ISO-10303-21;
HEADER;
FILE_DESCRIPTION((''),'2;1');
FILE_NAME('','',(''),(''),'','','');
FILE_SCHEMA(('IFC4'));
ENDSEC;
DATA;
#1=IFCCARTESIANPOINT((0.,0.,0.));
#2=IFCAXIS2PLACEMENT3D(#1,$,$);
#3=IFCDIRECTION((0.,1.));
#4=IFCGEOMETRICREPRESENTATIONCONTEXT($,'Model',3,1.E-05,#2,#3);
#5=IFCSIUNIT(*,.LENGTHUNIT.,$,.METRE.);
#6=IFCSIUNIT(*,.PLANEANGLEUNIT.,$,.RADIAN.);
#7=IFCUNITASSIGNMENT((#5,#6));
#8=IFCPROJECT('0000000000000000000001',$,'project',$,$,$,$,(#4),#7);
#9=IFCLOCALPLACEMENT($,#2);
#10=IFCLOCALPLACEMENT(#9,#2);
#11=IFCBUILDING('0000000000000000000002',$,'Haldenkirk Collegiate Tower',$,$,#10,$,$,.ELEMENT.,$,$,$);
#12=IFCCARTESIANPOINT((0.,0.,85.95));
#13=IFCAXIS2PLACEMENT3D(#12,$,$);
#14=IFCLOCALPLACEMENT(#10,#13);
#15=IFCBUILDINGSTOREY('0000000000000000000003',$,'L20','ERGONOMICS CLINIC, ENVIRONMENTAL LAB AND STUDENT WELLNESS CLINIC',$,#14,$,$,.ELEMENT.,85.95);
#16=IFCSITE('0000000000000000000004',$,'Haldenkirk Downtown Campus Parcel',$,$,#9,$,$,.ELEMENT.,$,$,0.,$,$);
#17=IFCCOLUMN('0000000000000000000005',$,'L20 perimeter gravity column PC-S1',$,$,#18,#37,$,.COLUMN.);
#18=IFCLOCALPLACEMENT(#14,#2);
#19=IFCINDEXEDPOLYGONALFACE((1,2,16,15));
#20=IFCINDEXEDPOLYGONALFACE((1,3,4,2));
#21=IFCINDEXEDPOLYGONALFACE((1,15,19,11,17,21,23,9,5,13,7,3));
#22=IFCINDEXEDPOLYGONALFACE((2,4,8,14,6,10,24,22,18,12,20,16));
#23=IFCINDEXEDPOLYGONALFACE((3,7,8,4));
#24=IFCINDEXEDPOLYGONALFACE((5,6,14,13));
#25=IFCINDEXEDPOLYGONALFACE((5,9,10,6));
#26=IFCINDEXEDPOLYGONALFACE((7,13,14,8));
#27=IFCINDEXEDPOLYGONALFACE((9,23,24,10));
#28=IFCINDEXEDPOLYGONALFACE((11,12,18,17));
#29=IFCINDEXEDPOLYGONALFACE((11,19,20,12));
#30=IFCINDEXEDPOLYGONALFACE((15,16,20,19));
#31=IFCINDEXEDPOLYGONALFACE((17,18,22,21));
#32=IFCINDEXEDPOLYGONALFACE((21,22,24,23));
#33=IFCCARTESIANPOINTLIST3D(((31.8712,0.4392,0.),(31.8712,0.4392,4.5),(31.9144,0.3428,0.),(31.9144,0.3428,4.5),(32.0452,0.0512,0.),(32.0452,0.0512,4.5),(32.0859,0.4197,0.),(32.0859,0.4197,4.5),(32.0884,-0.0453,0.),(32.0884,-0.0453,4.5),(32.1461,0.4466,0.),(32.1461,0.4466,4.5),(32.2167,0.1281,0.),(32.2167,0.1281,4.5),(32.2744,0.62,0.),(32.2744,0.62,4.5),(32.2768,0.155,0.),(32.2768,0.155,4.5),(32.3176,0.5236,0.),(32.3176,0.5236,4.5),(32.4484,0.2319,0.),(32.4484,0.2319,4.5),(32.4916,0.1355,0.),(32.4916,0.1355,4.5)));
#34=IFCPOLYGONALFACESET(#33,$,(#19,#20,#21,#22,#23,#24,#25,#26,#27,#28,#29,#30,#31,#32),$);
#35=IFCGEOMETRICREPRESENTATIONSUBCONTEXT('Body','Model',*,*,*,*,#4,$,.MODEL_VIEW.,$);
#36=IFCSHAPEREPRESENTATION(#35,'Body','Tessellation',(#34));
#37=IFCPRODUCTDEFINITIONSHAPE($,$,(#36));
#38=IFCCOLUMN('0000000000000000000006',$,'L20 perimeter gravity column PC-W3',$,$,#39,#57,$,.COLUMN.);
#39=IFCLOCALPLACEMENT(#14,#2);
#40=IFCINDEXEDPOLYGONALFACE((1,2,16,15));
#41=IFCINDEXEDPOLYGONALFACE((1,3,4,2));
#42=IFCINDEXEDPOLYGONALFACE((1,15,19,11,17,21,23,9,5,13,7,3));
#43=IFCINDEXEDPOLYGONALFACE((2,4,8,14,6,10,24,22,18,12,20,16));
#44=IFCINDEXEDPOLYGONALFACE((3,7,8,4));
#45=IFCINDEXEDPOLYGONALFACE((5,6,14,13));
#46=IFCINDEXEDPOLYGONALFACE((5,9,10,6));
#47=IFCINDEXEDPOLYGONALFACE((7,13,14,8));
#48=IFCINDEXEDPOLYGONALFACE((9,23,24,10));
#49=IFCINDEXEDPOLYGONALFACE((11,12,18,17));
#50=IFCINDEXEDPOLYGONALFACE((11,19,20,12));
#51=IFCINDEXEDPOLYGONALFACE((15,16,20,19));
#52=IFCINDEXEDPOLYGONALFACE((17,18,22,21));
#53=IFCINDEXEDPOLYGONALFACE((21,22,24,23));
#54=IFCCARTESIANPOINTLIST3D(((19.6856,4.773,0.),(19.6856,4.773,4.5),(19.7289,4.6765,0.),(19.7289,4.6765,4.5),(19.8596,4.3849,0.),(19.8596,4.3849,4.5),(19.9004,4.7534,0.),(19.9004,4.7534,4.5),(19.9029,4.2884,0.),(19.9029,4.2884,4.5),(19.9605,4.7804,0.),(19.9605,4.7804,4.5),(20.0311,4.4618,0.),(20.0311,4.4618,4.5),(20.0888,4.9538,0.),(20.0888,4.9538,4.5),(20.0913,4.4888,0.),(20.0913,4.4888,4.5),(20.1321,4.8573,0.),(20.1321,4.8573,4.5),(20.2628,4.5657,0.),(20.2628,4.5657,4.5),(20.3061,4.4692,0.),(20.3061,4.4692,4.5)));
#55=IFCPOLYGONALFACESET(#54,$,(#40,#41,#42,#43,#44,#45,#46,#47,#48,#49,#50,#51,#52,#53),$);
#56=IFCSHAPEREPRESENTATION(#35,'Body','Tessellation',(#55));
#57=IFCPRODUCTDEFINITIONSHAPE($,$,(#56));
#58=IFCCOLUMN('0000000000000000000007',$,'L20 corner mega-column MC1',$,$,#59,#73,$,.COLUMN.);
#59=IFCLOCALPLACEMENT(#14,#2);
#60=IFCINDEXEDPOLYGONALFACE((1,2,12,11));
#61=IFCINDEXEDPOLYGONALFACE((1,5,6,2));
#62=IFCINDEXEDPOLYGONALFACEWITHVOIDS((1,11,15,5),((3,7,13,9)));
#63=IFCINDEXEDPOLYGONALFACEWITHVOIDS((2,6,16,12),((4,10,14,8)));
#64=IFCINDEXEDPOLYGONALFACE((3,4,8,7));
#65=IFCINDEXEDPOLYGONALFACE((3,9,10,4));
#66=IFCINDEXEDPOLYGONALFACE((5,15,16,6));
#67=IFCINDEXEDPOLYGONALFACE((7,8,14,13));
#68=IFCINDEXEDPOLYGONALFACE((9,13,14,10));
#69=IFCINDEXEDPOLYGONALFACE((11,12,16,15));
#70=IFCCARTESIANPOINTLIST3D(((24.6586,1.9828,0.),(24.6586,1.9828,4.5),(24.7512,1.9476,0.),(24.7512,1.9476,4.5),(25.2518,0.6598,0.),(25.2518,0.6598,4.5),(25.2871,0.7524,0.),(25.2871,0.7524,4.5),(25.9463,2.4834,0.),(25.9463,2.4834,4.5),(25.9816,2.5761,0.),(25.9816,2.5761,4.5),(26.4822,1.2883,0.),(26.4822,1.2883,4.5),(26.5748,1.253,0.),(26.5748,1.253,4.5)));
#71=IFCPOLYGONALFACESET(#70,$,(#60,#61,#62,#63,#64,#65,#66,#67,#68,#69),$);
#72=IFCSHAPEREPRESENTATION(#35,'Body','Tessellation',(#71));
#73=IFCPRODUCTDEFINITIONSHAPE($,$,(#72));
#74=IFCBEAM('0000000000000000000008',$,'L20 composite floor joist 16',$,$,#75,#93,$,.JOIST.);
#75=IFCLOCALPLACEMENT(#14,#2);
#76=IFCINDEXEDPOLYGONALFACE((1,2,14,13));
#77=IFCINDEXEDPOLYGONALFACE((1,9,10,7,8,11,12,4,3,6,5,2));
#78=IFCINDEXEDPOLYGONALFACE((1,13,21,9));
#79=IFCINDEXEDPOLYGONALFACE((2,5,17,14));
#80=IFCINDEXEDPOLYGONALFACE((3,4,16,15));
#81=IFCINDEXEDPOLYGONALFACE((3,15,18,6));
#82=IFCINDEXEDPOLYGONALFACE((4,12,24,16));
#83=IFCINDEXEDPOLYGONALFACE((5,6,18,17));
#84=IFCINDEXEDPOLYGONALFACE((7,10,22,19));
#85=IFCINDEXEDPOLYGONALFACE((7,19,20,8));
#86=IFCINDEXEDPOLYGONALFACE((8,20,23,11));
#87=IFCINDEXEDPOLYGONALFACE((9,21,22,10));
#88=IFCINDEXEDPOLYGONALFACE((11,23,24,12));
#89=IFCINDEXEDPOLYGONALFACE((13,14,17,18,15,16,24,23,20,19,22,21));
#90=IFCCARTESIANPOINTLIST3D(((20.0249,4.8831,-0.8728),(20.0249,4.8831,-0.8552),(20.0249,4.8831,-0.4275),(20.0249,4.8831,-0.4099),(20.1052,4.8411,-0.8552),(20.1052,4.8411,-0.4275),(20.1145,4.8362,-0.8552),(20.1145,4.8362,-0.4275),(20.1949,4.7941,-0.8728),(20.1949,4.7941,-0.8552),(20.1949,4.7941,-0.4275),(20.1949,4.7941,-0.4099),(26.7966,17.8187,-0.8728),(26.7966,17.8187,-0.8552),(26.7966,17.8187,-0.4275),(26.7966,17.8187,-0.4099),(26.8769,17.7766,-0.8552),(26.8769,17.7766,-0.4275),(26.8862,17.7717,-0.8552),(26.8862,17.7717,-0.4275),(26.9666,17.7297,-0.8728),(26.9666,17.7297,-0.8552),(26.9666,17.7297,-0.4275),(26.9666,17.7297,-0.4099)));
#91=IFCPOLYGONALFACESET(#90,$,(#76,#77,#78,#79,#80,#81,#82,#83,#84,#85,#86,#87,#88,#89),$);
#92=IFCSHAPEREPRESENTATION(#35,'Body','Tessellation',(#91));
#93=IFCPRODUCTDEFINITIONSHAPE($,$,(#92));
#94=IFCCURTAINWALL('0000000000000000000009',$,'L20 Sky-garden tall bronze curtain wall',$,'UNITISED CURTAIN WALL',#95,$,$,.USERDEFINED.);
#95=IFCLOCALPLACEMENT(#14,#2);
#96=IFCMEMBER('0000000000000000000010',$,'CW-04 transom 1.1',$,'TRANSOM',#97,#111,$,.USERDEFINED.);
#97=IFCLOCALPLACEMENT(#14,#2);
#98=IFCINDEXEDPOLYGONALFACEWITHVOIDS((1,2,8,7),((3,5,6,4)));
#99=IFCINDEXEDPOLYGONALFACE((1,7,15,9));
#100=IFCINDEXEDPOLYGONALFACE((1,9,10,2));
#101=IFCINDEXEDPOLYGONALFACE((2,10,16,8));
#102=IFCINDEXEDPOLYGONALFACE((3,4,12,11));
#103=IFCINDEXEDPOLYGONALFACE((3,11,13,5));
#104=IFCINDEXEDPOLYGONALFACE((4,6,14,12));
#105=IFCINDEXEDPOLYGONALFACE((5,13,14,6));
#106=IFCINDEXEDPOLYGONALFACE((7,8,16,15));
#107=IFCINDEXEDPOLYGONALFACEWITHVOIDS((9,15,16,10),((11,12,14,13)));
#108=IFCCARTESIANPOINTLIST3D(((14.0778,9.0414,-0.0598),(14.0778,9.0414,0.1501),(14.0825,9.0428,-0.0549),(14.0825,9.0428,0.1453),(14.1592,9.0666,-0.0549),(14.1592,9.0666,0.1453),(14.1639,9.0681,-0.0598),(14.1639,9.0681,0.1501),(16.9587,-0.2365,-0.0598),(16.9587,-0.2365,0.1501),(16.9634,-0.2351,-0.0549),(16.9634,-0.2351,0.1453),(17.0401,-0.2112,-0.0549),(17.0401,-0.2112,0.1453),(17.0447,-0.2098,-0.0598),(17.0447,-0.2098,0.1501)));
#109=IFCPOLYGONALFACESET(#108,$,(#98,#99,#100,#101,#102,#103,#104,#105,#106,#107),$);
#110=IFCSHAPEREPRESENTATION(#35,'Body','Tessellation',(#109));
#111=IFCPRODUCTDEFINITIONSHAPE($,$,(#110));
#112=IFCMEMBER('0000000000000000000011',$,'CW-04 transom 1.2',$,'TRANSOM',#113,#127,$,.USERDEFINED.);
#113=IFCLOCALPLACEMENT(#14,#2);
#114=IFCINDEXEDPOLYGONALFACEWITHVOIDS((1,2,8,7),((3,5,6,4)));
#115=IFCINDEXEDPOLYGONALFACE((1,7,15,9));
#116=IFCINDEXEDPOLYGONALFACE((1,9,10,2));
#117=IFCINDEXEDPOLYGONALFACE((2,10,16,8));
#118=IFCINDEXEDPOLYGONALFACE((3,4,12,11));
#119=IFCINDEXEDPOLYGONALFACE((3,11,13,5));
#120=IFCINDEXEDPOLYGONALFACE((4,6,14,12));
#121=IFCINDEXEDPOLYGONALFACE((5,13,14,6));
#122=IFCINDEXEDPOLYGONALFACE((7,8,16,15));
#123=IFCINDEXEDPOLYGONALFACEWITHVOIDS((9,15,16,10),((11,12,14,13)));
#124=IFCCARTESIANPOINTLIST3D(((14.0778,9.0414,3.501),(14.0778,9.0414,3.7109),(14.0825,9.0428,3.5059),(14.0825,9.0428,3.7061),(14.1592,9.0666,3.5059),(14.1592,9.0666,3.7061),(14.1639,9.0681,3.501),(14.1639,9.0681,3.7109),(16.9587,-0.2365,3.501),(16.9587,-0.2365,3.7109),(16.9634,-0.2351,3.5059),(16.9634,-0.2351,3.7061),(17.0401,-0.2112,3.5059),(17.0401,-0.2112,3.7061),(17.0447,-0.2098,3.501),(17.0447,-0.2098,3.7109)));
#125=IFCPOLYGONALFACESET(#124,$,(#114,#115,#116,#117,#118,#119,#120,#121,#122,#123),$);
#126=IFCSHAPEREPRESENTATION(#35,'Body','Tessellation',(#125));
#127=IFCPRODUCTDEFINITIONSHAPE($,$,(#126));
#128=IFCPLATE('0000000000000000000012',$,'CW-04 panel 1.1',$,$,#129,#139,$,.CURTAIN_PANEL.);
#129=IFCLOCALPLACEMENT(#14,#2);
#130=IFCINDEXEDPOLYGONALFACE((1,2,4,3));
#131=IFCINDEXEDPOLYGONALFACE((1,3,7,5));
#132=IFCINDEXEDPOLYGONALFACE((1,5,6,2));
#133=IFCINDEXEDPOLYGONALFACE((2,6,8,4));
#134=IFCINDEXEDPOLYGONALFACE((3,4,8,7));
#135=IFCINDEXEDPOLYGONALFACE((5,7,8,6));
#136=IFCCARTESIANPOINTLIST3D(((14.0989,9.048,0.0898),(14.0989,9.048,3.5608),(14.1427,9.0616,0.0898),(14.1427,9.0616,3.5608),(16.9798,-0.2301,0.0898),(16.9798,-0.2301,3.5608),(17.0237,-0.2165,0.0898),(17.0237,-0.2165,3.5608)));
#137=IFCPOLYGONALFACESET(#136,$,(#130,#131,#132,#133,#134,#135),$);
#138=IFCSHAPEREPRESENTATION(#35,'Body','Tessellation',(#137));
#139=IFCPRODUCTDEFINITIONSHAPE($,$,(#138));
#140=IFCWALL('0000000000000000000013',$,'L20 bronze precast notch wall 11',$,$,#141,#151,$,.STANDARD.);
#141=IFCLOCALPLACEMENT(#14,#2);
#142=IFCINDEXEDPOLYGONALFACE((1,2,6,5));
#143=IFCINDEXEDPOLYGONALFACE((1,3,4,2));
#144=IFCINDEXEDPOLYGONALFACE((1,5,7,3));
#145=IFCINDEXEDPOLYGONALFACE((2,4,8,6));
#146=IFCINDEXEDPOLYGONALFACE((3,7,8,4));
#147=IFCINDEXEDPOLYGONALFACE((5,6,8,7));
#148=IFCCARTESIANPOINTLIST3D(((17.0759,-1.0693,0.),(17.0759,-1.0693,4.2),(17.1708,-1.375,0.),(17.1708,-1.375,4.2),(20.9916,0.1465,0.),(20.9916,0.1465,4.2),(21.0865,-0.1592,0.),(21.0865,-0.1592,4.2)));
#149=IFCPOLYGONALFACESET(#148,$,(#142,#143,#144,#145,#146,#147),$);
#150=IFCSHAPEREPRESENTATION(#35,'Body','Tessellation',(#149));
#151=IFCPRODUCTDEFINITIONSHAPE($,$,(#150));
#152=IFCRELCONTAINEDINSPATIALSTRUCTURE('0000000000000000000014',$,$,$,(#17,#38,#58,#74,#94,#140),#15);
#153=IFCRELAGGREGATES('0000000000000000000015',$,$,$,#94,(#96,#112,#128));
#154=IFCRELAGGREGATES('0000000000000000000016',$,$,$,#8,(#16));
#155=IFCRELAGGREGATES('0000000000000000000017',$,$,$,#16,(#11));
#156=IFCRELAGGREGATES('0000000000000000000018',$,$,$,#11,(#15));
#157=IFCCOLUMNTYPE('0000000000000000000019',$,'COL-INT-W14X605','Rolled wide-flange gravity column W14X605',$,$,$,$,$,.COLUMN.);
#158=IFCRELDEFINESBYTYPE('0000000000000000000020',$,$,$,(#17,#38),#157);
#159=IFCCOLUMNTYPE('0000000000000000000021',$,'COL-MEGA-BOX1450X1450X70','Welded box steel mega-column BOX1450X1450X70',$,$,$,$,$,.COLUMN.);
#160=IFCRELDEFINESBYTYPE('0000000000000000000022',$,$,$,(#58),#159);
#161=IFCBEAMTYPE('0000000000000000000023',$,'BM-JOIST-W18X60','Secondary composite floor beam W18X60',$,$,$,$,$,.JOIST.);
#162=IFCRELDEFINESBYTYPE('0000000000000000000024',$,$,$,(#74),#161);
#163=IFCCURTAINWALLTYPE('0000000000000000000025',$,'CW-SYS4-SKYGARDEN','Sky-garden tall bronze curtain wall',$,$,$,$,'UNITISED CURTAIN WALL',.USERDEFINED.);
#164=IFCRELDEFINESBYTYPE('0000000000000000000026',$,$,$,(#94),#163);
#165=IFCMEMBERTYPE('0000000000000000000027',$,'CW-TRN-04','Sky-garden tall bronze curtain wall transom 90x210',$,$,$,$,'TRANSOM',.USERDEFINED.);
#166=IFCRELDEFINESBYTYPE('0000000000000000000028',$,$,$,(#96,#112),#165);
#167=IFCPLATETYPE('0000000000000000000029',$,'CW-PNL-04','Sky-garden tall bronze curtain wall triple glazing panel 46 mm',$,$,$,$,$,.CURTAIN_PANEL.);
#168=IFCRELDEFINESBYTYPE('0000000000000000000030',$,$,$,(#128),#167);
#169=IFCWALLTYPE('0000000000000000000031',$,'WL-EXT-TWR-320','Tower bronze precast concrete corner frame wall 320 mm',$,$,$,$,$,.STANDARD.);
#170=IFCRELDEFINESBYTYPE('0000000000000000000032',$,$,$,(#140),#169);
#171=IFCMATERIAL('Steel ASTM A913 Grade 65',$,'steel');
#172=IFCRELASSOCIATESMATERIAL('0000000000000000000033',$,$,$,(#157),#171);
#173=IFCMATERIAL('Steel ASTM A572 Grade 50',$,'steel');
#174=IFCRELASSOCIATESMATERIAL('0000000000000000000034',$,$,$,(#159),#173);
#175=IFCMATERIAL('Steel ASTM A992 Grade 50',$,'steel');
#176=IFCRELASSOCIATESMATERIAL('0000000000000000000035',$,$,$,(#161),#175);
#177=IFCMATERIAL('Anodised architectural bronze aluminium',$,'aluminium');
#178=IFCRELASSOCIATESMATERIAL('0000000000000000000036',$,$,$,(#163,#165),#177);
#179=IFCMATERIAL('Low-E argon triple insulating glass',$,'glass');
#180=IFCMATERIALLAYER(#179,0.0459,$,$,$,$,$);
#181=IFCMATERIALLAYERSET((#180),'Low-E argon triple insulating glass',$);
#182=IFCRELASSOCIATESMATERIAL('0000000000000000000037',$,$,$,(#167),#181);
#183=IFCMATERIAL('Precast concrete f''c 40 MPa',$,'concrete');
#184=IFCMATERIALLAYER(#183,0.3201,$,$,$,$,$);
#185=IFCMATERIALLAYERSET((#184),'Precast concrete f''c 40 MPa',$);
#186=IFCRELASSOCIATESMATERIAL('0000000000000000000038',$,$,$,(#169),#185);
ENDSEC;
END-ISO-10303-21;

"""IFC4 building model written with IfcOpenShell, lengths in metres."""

from ifc_helpers import new_model, si_unit, direction, frame, frame_2d, origin, origin_2d, place, context, subcontext, project, spatial, rectangle, hollow_rectangle, i_section, extrude, source, transform, mapped, material, layer, layer_set, material_profile, profile_set, type_object, element, aggregate, save


model = new_model("IFC4")

# Units and contexts
model_context = context("Model", 3, precision=1e-05, world=origin(), true_north=direction((0.0, 1.0)))
body_context = subcontext(model_context, "Body", "Model", "MODEL_VIEW")
ifc_project = project(units=[si_unit("LENGTHUNIT", "METRE"), si_unit("PLANEANGLEUNIT", "RADIAN")], contexts=[model_context])

# Site, building, storey
site_placement = place(None, origin())
site = spatial("IfcSite", under=ifc_project, at=site_placement, Name="Haldenkirk Downtown Campus Parcel", CompositionType="ELEMENT", RefElevation=0.0)
building_placement = place(site_placement, origin())
building = spatial("IfcBuilding", under=site, at=building_placement, Name="Haldenkirk Collegiate Tower", CompositionType="ELEMENT")
storey_placement = place(building_placement, frame((0.0, 0.0, 85.95)))
storey = spatial("IfcBuildingStorey", under=building, at=storey_placement, Name="L20", Description="ERGONOMICS CLINIC, ENVIRONMENTAL LAB AND STUDENT WELLNESS CLINIC", CompositionType="ELEMENT", Elevation=85.95)

# Columns
ifc_material_1 = material(Name="Steel ASTM A913 Grade 65", Category="steel")
ifc_material_profile_1 = material_profile(ifc_material_1, i_section(OverallWidth=0.4419, OverallDepth=0.531, WebThickness=0.0659, FlangeThickness=0.1057, at=origin_2d()), Name="W14X605")
ifc_profile_set_1 = profile_set([ifc_material_profile_1], Name="Steel ASTM A913 Grade 65")
column_type_1 = type_object("IfcColumnType", Name="COL-INT-W14X605", Description="Rolled wide-flange gravity column W14X605", PredefinedType="COLUMN", material=ifc_profile_set_1)
for number, where, z_axis, x_axis, name in (
    (1, (32.1814, 0.2874, 0.0), (0.0, 0.0, 1.0), (0.912477, 0.409127, 0.0), "L20 perimeter gravity column PC-S1"),
    (2, (19.9958, 4.6211, 0.0), (0.0, 0.0, 1.0), (0.912477, 0.409127, 0.0), "L20 perimeter gravity column PC-W3"),
):
    element("IfcColumn", number, at=place(storey_placement, frame(where, z_axis=z_axis, x_axis=x_axis)), inside=storey, type_object=column_type_1, Name=name, PredefinedType="COLUMN", context=body_context, shape_type="SweptSolid", body=[
        extrude(i_section(OverallWidth=0.4419, OverallDepth=0.531, WebThickness=0.0659, FlangeThickness=0.1057, at=origin_2d()), origin(), (0.0, 0.0, 1.0), 4.5),
    ])
ifc_material_2 = material(Name="Steel ASTM A572 Grade 50", Category="steel")
ifc_material_profile_2 = material_profile(ifc_material_2, hollow_rectangle(XDim=1.45, YDim=1.45, WallThickness=0.0701, at=origin_2d()), Name="BOX1450X1450X70")
ifc_profile_set_2 = profile_set([ifc_material_profile_2], Name="Steel ASTM A572 Grade 50")
column_type_2 = type_object("IfcColumnType", Name="COL-MEGA-BOX1450X1450X70", Description="Welded box steel mega-column BOX1450X1450X70", PredefinedType="COLUMN", material=ifc_profile_set_2)
column_placement = place(storey_placement, frame((25.6167, 1.6179, 0.0), z_axis=(0.0, 0.0, 1.0), x_axis=(0.912477, 0.409127, 0.0)))
element("IfcColumn", 3, at=column_placement, inside=storey, type_object=column_type_2, Name="L20 corner mega-column MC1", PredefinedType="COLUMN", context=body_context, shape_type="SweptSolid", body=[
    extrude(hollow_rectangle(XDim=1.45, YDim=1.45, WallThickness=0.0701, at=origin_2d()), origin(), (0.0, 0.0, 1.0), 4.5),
])

# Beam
ifc_material_3 = material(Name="Steel ASTM A992 Grade 50", Category="steel")
ifc_material_profile_3 = material_profile(ifc_material_3, i_section(OverallWidth=0.1919, OverallDepth=0.4629, WebThickness=0.0105, FlangeThickness=0.0176, at=origin_2d()), Name="W18X60")
ifc_profile_set_3 = profile_set([ifc_material_profile_3], Name="Steel ASTM A992 Grade 50")
beam_type = type_object("IfcBeamType", Name="BM-JOIST-W18X60", Description="Secondary composite floor beam W18X60", PredefinedType="JOIST", material=ifc_profile_set_3)
beam_placement = place(storey_placement, frame((20.1099, 4.8386, -0.6414), z_axis=(0.46379, 0.885945, 0.0), x_axis=(-0.885945, 0.46379, 0.0)))
element("IfcBeam", 4, at=beam_placement, inside=storey, type_object=beam_type, Name="L20 composite floor joist 16", PredefinedType="JOIST", context=body_context, shape_type="SweptSolid", body=[
    extrude(i_section(OverallWidth=0.1919, OverallDepth=0.4629, WebThickness=0.0105, FlangeThickness=0.0176, at=origin_2d()), origin(), (0.0, 0.0, 1.0), 14.6008),
])

# Curtain wall, members, plate
ifc_material_4 = material(Name="Anodised architectural bronze aluminium", Category="aluminium")
curtain_wall_type = type_object("IfcCurtainWallType", Name="CW-SYS4-SKYGARDEN", Description="Sky-garden tall bronze curtain wall", ElementType="UNITISED CURTAIN WALL", PredefinedType="USERDEFINED", material=ifc_material_4)
curtain_wall_placement = place(storey_placement, origin())
curtain_wall = element("IfcCurtainWall", 5, at=curtain_wall_placement, inside=storey, type_object=curtain_wall_type, Name="L20 Sky-garden tall bronze curtain wall", ObjectType="UNITISED CURTAIN WALL", PredefinedType="USERDEFINED")
ifc_material_profile_4 = material_profile(ifc_material_4, hollow_rectangle(XDim=0.0901, YDim=0.21, WallThickness=0.0049, at=origin_2d()), Name="CW-TRN-04")
ifc_profile_set_4 = profile_set([ifc_material_profile_4], Name="Anodised architectural bronze aluminium")
member_type = type_object("IfcMemberType", Name="CW-TRN-04", Description="Sky-garden tall bronze curtain wall transom 90x210", ElementType="TRANSOM", PredefinedType="USERDEFINED", material=ifc_profile_set_4)
member_1_placement = place(storey_placement, frame((17.0017, -0.2231, 0.0452), z_axis=(-0.296543, 0.955019, 0.0), x_axis=(-0.955019, -0.296543, 0.0)))
member_1 = element("IfcMember", 6, at=member_1_placement, type_object=member_type, Name="CW-04 transom 1.1", ObjectType="TRANSOM", PredefinedType="USERDEFINED", context=body_context, shape_type="SweptSolid", body=[
    extrude(hollow_rectangle(XDim=0.0901, YDim=0.21, WallThickness=0.0049, at=origin_2d()), origin(), (0.0, 0.0, 1.0), 9.7148),
])
member_2_placement = place(storey_placement, frame((17.0017, -0.2231, 3.606), z_axis=(-0.296543, 0.955019, 0.0), x_axis=(-0.955019, -0.296543, 0.0)))
member_2 = element("IfcMember", 7, at=member_2_placement, type_object=member_type, Name="CW-04 transom 1.2", ObjectType="TRANSOM", PredefinedType="USERDEFINED", context=body_context, shape_type="SweptSolid", body=[
    extrude(hollow_rectangle(XDim=0.0901, YDim=0.21, WallThickness=0.0049, at=origin_2d()), origin(), (0.0, 0.0, 1.0), 9.7148),
])
ifc_material_5 = material(Name="Low-E argon triple insulating glass", Category="glass")
ifc_layer_1 = layer(ifc_material_5, 0.0459)
ifc_layer_set_1 = layer_set([ifc_layer_1], Name="Low-E argon triple insulating glass")
plate_type = type_object("IfcPlateType", Name="CW-PNL-04", Description="Sky-garden tall bronze curtain wall triple glazing panel 46 mm", PredefinedType="CURTAIN_PANEL", material=ifc_layer_set_1)
shared_shape = source(origin(), body_context, "Body", "SweptSolid", [
    extrude(rectangle(XDim=9.7151, YDim=0.0459, at=origin_2d()), origin(), (0.0, 0.0, 1.0), 3.4709),
])
plate_placement = place(storey_placement, frame((15.5613, 4.4158, 0.0898), z_axis=(0.0, 0.0, 1.0), x_axis=(-0.296541, 0.95502, 0.0)))
plate = element("IfcPlate", 8, at=plate_placement, type_object=plate_type, Name="CW-04 panel 1.1", PredefinedType="CURTAIN_PANEL", context=body_context, shape_type="MappedRepresentation", body=[
    mapped(shared_shape, transform((0.0, 0.0, 0.0), x_axis=(1.0, 0.0, 0.0), y_axis=(0.0, 1.0, 0.0), z_axis=(0.0, 0.0, 1.0), scale=1.0)),
])
aggregate(curtain_wall, [member_1, member_2, plate])

# Wall
ifc_material_6 = material(Name="Precast concrete f'c 40 MPa", Category="concrete")
ifc_layer_2 = layer(ifc_material_6, 0.3201)
ifc_layer_set_2 = layer_set([ifc_layer_2], Name="Precast concrete f'c 40 MPa")
wall_type_1 = type_object("IfcWallType", Name="WL-EXT-TWR-320", Description="Tower bronze precast concrete corner frame wall 320 mm", PredefinedType="STANDARD", material=ifc_layer_set_2)
wall_1_placement = place(storey_placement, frame((21.0391, -0.0063, 0.0), z_axis=(0.0, 0.0, 1.0), x_axis=(-0.955024, -0.296528, 0.0)))
element("IfcWall", 9, at=wall_1_placement, inside=storey, type_object=wall_type_1, Name="L20 bronze precast notch wall 11", PredefinedType="STANDARD", context=body_context, shape_type="SweptSolid", body=[
    extrude(rectangle(XDim=4.1001, YDim=0.3201, at=frame_2d((2.05, 0.0))), origin(), (0.0, 0.0, 1.0), 4.2),
])

save(model, "model.ifc")
